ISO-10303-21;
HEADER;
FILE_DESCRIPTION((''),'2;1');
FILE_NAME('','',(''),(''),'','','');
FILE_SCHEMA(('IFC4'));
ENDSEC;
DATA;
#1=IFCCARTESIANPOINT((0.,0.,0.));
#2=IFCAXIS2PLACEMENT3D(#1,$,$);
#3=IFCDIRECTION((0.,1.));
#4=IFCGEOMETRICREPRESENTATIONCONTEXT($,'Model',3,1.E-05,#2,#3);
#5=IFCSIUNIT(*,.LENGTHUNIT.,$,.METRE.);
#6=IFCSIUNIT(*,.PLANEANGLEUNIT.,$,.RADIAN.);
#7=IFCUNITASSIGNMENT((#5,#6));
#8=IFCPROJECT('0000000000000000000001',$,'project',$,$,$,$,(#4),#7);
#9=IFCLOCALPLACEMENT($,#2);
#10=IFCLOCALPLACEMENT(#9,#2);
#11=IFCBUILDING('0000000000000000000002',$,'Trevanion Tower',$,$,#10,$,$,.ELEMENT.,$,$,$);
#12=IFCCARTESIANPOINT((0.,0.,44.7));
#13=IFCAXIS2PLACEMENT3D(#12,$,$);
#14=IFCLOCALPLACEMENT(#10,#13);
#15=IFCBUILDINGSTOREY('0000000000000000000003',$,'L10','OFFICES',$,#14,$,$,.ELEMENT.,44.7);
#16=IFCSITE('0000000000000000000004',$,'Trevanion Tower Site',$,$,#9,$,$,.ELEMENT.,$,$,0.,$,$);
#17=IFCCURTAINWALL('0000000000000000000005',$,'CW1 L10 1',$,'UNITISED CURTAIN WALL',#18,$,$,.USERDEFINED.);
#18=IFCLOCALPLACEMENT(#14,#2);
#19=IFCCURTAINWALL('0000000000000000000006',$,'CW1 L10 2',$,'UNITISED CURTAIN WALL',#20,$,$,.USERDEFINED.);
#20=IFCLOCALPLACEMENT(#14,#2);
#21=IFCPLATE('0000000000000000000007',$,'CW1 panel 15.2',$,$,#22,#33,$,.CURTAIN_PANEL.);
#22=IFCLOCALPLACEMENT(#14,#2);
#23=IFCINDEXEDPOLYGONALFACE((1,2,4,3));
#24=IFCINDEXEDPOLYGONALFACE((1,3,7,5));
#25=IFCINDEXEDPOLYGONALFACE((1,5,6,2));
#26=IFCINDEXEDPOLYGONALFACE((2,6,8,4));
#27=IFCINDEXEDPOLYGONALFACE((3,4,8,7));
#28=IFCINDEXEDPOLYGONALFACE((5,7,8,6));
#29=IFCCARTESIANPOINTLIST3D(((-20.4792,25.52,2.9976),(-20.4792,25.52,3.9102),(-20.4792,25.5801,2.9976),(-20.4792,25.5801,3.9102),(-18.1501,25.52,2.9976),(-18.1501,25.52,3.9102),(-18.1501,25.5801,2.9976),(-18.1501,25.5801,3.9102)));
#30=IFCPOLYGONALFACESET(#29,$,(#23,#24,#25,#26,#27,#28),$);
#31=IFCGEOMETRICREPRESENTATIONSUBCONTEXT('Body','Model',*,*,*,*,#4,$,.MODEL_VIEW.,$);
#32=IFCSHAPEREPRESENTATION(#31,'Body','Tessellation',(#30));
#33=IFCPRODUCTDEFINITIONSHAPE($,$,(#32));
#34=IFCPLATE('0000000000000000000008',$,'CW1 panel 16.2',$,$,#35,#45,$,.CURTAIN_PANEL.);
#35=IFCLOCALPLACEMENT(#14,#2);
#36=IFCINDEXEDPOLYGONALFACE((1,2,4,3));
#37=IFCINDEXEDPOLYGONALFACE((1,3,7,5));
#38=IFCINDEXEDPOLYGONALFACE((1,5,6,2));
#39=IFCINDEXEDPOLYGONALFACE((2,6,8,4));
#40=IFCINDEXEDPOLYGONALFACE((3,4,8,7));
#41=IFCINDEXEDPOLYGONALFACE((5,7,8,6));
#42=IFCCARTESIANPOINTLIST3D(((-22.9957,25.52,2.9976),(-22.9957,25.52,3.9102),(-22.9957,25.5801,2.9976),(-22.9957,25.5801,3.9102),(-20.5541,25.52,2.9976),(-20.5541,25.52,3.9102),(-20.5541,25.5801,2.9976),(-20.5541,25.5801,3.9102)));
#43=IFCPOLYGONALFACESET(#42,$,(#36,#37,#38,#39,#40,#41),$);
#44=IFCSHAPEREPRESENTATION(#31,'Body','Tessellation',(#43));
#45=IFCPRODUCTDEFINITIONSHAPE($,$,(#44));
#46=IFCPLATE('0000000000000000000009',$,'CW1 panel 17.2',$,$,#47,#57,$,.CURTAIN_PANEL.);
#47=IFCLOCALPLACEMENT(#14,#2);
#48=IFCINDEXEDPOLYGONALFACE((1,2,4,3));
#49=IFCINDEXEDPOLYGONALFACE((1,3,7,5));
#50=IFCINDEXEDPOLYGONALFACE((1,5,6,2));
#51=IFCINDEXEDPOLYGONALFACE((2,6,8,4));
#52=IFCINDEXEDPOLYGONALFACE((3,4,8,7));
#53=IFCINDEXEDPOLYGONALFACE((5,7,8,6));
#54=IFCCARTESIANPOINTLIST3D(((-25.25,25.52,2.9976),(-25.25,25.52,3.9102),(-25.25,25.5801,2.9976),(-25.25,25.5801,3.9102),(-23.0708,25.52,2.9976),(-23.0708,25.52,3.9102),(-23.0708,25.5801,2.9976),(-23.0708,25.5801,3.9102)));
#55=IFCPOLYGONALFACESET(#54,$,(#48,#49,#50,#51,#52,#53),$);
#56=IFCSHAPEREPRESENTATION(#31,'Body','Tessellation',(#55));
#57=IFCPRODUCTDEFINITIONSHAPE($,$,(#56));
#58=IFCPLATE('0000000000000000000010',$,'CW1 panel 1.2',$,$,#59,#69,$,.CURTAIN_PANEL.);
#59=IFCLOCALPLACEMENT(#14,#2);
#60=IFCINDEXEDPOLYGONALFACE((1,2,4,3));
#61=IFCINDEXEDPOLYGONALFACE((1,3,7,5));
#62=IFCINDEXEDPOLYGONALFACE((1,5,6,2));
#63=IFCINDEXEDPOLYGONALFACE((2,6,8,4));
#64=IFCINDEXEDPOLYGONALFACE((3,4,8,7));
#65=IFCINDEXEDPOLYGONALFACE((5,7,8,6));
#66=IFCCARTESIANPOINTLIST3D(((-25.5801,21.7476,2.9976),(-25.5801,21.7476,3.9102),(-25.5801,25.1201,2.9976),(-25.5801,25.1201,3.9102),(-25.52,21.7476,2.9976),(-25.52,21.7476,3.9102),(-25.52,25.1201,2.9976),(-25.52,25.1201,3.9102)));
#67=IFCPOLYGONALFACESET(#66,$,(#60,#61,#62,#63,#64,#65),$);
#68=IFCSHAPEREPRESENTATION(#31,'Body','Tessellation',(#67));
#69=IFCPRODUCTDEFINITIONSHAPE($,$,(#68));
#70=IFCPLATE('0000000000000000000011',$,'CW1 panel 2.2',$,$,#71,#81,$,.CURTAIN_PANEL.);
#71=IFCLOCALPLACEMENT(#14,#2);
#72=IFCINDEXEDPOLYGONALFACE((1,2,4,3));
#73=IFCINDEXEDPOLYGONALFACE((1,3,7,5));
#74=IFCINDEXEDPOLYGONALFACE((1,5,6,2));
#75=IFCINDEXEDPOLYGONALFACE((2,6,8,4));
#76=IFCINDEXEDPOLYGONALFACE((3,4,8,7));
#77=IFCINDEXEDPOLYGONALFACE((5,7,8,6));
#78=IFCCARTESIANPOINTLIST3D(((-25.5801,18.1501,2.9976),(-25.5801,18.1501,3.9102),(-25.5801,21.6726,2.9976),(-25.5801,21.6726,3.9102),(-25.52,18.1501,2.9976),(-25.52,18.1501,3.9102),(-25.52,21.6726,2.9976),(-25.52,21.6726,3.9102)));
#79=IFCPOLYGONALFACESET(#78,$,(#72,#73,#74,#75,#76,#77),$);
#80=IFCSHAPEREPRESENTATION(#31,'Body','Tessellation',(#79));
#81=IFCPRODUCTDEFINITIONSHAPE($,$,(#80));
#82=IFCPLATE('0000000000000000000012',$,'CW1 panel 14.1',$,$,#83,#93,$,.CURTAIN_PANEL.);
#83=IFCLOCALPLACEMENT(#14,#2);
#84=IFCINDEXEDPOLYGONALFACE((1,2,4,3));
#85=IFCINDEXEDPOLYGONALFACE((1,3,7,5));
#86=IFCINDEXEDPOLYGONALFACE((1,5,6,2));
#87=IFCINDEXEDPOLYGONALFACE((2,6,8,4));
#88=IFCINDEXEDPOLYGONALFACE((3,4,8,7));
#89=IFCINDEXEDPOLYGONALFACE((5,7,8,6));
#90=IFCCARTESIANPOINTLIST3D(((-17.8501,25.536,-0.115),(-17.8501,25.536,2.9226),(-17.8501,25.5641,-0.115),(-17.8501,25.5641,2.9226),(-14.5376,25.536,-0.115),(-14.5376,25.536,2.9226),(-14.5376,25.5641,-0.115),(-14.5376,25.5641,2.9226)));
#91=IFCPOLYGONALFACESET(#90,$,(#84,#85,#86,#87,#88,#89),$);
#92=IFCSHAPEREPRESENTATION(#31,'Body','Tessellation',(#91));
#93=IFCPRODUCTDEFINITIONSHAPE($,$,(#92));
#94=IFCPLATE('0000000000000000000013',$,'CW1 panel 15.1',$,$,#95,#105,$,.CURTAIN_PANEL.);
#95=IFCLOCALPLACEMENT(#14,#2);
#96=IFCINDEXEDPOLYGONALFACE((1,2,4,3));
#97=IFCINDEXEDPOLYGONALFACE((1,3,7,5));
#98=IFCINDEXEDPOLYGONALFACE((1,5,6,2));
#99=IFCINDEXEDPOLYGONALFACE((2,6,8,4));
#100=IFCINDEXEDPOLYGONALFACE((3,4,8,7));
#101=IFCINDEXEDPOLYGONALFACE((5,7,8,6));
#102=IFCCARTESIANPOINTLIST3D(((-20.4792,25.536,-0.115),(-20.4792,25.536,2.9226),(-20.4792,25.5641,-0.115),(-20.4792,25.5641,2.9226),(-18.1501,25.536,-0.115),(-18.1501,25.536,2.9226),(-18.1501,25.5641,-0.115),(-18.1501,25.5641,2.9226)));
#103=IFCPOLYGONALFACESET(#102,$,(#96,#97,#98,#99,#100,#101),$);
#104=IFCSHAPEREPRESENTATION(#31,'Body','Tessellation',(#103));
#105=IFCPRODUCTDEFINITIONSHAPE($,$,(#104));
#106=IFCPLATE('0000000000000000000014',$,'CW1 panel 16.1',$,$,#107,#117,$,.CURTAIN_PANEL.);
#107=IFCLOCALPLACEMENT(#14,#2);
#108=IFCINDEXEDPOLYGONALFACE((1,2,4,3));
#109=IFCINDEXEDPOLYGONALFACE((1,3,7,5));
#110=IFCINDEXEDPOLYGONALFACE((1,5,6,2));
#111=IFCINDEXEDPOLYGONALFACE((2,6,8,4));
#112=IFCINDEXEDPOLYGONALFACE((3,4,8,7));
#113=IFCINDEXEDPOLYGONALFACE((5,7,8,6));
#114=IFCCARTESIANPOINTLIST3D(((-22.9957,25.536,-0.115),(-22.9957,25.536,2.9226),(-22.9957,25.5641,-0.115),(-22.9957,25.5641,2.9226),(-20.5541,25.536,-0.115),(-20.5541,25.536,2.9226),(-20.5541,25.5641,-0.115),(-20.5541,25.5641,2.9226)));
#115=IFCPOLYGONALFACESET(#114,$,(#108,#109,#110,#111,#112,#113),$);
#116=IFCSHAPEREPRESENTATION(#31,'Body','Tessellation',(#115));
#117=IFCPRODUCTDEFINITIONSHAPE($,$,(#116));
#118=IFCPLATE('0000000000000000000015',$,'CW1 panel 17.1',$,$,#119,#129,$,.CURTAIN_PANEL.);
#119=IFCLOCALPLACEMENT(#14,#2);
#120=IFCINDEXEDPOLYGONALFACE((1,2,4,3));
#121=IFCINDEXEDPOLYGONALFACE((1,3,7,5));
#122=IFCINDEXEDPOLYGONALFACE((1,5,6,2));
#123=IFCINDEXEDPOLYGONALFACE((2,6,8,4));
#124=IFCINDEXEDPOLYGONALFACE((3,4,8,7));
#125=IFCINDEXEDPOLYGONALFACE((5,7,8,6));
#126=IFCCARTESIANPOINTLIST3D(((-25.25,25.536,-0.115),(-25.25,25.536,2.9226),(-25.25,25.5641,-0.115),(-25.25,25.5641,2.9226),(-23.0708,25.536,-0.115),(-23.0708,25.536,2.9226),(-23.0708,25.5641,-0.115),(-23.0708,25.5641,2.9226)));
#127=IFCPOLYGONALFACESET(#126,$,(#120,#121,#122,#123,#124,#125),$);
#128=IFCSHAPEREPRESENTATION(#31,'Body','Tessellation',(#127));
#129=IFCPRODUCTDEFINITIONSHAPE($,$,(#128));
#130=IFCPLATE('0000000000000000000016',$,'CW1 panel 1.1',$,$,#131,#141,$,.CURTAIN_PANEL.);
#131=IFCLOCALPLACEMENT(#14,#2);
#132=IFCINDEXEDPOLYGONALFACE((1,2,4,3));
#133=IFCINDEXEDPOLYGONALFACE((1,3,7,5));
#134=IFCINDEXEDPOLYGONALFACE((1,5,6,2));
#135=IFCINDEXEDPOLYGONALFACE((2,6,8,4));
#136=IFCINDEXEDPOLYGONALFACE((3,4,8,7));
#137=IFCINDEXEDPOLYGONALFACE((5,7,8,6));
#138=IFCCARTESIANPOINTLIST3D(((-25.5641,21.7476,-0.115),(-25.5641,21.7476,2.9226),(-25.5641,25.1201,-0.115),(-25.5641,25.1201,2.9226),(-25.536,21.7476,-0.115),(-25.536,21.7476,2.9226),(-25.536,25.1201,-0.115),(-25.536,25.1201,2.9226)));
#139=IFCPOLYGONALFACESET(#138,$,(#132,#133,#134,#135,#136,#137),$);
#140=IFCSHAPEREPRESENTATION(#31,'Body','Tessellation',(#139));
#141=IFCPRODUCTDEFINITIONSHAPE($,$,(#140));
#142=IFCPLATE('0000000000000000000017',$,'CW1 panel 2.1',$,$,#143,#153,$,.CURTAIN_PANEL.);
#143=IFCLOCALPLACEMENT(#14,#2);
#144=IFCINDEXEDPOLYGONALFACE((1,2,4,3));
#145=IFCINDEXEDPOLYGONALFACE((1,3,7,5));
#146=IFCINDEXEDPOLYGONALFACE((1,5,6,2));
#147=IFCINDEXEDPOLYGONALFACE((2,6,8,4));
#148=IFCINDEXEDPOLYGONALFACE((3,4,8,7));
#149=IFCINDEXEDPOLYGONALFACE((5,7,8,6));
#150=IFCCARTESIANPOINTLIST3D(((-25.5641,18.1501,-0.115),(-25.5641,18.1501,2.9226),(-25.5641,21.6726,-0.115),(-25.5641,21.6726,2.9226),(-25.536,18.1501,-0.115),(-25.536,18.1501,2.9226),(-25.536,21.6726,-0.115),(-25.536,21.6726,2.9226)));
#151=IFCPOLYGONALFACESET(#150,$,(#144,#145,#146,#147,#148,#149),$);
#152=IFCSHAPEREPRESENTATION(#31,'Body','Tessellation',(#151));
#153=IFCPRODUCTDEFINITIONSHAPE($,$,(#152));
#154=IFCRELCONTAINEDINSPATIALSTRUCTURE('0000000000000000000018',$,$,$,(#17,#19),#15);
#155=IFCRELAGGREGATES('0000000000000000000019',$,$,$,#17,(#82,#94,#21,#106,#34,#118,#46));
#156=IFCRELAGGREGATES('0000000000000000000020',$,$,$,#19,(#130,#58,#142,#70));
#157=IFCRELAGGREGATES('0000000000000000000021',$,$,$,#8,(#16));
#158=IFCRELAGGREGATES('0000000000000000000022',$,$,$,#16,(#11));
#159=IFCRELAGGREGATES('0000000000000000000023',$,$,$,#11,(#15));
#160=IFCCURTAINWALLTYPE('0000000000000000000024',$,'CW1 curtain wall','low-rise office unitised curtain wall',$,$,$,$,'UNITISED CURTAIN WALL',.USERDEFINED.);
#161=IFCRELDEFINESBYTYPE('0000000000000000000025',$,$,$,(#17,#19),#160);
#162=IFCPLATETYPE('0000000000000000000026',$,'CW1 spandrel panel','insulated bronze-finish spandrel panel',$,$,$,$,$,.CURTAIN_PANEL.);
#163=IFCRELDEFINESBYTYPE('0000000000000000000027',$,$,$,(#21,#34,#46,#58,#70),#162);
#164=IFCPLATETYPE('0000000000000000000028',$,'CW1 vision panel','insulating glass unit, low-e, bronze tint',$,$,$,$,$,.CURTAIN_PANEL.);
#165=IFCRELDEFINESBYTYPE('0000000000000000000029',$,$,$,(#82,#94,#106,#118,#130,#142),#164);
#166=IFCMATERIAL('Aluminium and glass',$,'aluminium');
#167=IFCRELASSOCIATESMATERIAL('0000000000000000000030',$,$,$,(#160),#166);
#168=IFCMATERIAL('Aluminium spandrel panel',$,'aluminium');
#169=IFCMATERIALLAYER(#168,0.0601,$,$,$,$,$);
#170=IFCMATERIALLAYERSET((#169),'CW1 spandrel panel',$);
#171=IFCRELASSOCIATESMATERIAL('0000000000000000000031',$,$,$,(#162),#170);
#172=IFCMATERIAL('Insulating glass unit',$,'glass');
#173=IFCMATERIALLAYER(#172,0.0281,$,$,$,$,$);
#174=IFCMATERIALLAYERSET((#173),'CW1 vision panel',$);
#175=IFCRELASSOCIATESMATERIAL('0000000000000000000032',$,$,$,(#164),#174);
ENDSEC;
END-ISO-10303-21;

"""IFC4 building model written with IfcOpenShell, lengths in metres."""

from ifc_helpers import new_model, si_unit, direction, frame, origin, origin_2d, place, context, subcontext, project, spatial, rectangle, extrude, material, layer, layer_set, type_object, element, aggregate, save


model = new_model("IFC4")

# Units and contexts
model_context = context("Model", 3, precision=1e-05, world=origin(), true_north=direction((0.0, 1.0)))
body_context = subcontext(model_context, "Body", "Model", "MODEL_VIEW")
ifc_project = project(units=[si_unit("LENGTHUNIT", "METRE"), si_unit("PLANEANGLEUNIT", "RADIAN")], contexts=[model_context])

# Site, building, storey
site_placement = place(None, origin())
site = spatial("IfcSite", under=ifc_project, at=site_placement, Name="Trevanion Tower Site", CompositionType="ELEMENT", RefElevation=0.0)
building_placement = place(site_placement, origin())
building = spatial("IfcBuilding", under=site, at=building_placement, Name="Trevanion Tower", CompositionType="ELEMENT")
storey_placement = place(building_placement, frame((0.0, 0.0, 44.7)))
storey = spatial("IfcBuildingStorey", under=building, at=storey_placement, Name="L10", Description="OFFICES", CompositionType="ELEMENT", Elevation=44.7)

# Curtain wall
ifc_material_1 = material(Name="Aluminium and glass", Category="aluminium")
curtain_wall_type = type_object("IfcCurtainWallType", Name="CW1 curtain wall", Description="low-rise office unitised curtain wall", ElementType="UNITISED CURTAIN WALL", PredefinedType="USERDEFINED", material=ifc_material_1)
curtain_wall_1_placement = place(storey_placement, origin())
curtain_wall_1 = element("IfcCurtainWall", 1, at=curtain_wall_1_placement, inside=storey, type_object=curtain_wall_type, Name="CW1 L10 1", ObjectType="UNITISED CURTAIN WALL", PredefinedType="USERDEFINED")

# Curtain wall
curtain_wall_2_placement = place(storey_placement, origin())
curtain_wall_2 = element("IfcCurtainWall", 2, at=curtain_wall_2_placement, inside=storey, type_object=curtain_wall_type, Name="CW1 L10 2", ObjectType="UNITISED CURTAIN WALL", PredefinedType="USERDEFINED")

# Plates
ifc_material_2 = material(Name="Aluminium spandrel panel", Category="aluminium")
ifc_layer_1 = layer(ifc_material_2, 0.0601)
ifc_layer_set_1 = layer_set([ifc_layer_1], Name="CW1 spandrel panel")
plate_type_1 = type_object("IfcPlateType", Name="CW1 spandrel panel", Description="insulated bronze-finish spandrel panel", PredefinedType="CURTAIN_PANEL", material=ifc_layer_set_1)
plate_1_placement = place(storey_placement, frame((-19.3147, 25.55, 2.9976), z_axis=(0.0, 0.0, 1.0), x_axis=(-1.0, 0.0, 0.0)))
plate_1 = element("IfcPlate", 3, at=plate_1_placement, type_object=plate_type_1, Name="CW1 panel 15.2", PredefinedType="CURTAIN_PANEL", context=body_context, shape_type="SweptSolid", body=[
    extrude(rectangle(XDim=2.3291, YDim=0.0601, at=origin_2d()), origin(), (0.0, 0.0, 1.0), 0.9126),
])
plate_2_placement = place(storey_placement, frame((-21.7749, 25.55, 2.9976), z_axis=(0.0, 0.0, 1.0), x_axis=(-1.0, 0.0, 0.0)))
plate_2 = element("IfcPlate", 4, at=plate_2_placement, type_object=plate_type_1, Name="CW1 panel 16.2", PredefinedType="CURTAIN_PANEL", context=body_context, shape_type="SweptSolid", body=[
    extrude(rectangle(XDim=2.4417, YDim=0.0601, at=origin_2d()), origin(), (0.0, 0.0, 1.0), 0.9126),
])
plate_3_placement = place(storey_placement, frame((-24.1604, 25.55, 2.9976), z_axis=(0.0, 0.0, 1.0), x_axis=(-1.0, 0.0, 0.0)))
plate_3 = element("IfcPlate", 5, at=plate_3_placement, type_object=plate_type_1, Name="CW1 panel 17.2", PredefinedType="CURTAIN_PANEL", context=body_context, shape_type="SweptSolid", body=[
    extrude(rectangle(XDim=2.1792, YDim=0.0601, at=origin_2d()), origin(), (0.0, 0.0, 1.0), 0.9126),
])
plate_4_placement = place(storey_placement, frame((-25.55, 23.4338, 2.9976), z_axis=(0.0, 0.0, 1.0), x_axis=(0.0, -1.0, 0.0)))
plate_4 = element("IfcPlate", 6, at=plate_4_placement, type_object=plate_type_1, Name="CW1 panel 1.2", PredefinedType="CURTAIN_PANEL", context=body_context, shape_type="SweptSolid", body=[
    extrude(rectangle(XDim=3.3726, YDim=0.0601, at=origin_2d()), origin(), (0.0, 0.0, 1.0), 0.9126),
])
plate_5_placement = place(storey_placement, frame((-25.55, 19.9114, 2.9976), z_axis=(0.0, 0.0, 1.0), x_axis=(0.0, -1.0, 0.0)))
plate_5 = element("IfcPlate", 7, at=plate_5_placement, type_object=plate_type_1, Name="CW1 panel 2.2", PredefinedType="CURTAIN_PANEL", context=body_context, shape_type="SweptSolid", body=[
    extrude(rectangle(XDim=3.5225, YDim=0.0601, at=origin_2d()), origin(), (0.0, 0.0, 1.0), 0.9126),
])
ifc_material_3 = material(Name="Insulating glass unit", Category="glass")
ifc_layer_2 = layer(ifc_material_3, 0.0281)
ifc_layer_set_2 = layer_set([ifc_layer_2], Name="CW1 vision panel")
plate_type_2 = type_object("IfcPlateType", Name="CW1 vision panel", Description="insulating glass unit, low-e, bronze tint", PredefinedType="CURTAIN_PANEL", material=ifc_layer_set_2)
plate_6_placement = place(storey_placement, frame((-16.1938, 25.55, -0.115), z_axis=(0.0, 0.0, 1.0), x_axis=(-1.0, 0.0, 0.0)))
plate_6 = element("IfcPlate", 8, at=plate_6_placement, type_object=plate_type_2, Name="CW1 panel 14.1", PredefinedType="CURTAIN_PANEL", context=body_context, shape_type="SweptSolid", body=[
    extrude(rectangle(XDim=3.3125, YDim=0.0281, at=origin_2d()), origin(), (0.0, 0.0, 1.0), 3.0376),
])
plate_7_placement = place(storey_placement, frame((-19.3147, 25.55, -0.115), z_axis=(0.0, 0.0, 1.0), x_axis=(-1.0, 0.0, 0.0)))
plate_7 = element("IfcPlate", 9, at=plate_7_placement, type_object=plate_type_2, Name="CW1 panel 15.1", PredefinedType="CURTAIN_PANEL", context=body_context, shape_type="SweptSolid", body=[
    extrude(rectangle(XDim=2.3291, YDim=0.0281, at=origin_2d()), origin(), (0.0, 0.0, 1.0), 3.0376),
])
plate_8_placement = place(storey_placement, frame((-21.7749, 25.55, -0.115), z_axis=(0.0, 0.0, 1.0), x_axis=(-1.0, 0.0, 0.0)))
plate_8 = element("IfcPlate", 10, at=plate_8_placement, type_object=plate_type_2, Name="CW1 panel 16.1", PredefinedType="CURTAIN_PANEL", context=body_context, shape_type="SweptSolid", body=[
    extrude(rectangle(XDim=2.4417, YDim=0.0281, at=origin_2d()), origin(), (0.0, 0.0, 1.0), 3.0376),
])
plate_9_placement = place(storey_placement, frame((-24.1604, 25.55, -0.115), z_axis=(0.0, 0.0, 1.0), x_axis=(-1.0, 0.0, 0.0)))
plate_9 = element("IfcPlate", 11, at=plate_9_placement, type_object=plate_type_2, Name="CW1 panel 17.1", PredefinedType="CURTAIN_PANEL", context=body_context, shape_type="SweptSolid", body=[
    extrude(rectangle(XDim=2.1792, YDim=0.0281, at=origin_2d()), origin(), (0.0, 0.0, 1.0), 3.0376),
])
aggregate(curtain_wall_1, [plate_6, plate_7, plate_1, plate_8, plate_2, plate_9, plate_3])
plate_10_placement = place(storey_placement, frame((-25.55, 23.4338, -0.115), z_axis=(0.0, 0.0, 1.0), x_axis=(0.0, -1.0, 0.0)))
plate_10 = element("IfcPlate", 12, at=plate_10_placement, type_object=plate_type_2, Name="CW1 panel 1.1", PredefinedType="CURTAIN_PANEL", context=body_context, shape_type="SweptSolid", body=[
    extrude(rectangle(XDim=3.3726, YDim=0.0281, at=origin_2d()), origin(), (0.0, 0.0, 1.0), 3.0376),
])
plate_11_placement = place(storey_placement, frame((-25.55, 19.9114, -0.115), z_axis=(0.0, 0.0, 1.0), x_axis=(0.0, -1.0, 0.0)))
plate_11 = element("IfcPlate", 13, at=plate_11_placement, type_object=plate_type_2, Name="CW1 panel 2.1", PredefinedType="CURTAIN_PANEL", context=body_context, shape_type="SweptSolid", body=[
    extrude(rectangle(XDim=3.5225, YDim=0.0281, at=origin_2d()), origin(), (0.0, 0.0, 1.0), 3.0376),
])
aggregate(curtain_wall_2, [plate_10, plate_4, plate_11, plate_5])

save(model, "model.ifc")
